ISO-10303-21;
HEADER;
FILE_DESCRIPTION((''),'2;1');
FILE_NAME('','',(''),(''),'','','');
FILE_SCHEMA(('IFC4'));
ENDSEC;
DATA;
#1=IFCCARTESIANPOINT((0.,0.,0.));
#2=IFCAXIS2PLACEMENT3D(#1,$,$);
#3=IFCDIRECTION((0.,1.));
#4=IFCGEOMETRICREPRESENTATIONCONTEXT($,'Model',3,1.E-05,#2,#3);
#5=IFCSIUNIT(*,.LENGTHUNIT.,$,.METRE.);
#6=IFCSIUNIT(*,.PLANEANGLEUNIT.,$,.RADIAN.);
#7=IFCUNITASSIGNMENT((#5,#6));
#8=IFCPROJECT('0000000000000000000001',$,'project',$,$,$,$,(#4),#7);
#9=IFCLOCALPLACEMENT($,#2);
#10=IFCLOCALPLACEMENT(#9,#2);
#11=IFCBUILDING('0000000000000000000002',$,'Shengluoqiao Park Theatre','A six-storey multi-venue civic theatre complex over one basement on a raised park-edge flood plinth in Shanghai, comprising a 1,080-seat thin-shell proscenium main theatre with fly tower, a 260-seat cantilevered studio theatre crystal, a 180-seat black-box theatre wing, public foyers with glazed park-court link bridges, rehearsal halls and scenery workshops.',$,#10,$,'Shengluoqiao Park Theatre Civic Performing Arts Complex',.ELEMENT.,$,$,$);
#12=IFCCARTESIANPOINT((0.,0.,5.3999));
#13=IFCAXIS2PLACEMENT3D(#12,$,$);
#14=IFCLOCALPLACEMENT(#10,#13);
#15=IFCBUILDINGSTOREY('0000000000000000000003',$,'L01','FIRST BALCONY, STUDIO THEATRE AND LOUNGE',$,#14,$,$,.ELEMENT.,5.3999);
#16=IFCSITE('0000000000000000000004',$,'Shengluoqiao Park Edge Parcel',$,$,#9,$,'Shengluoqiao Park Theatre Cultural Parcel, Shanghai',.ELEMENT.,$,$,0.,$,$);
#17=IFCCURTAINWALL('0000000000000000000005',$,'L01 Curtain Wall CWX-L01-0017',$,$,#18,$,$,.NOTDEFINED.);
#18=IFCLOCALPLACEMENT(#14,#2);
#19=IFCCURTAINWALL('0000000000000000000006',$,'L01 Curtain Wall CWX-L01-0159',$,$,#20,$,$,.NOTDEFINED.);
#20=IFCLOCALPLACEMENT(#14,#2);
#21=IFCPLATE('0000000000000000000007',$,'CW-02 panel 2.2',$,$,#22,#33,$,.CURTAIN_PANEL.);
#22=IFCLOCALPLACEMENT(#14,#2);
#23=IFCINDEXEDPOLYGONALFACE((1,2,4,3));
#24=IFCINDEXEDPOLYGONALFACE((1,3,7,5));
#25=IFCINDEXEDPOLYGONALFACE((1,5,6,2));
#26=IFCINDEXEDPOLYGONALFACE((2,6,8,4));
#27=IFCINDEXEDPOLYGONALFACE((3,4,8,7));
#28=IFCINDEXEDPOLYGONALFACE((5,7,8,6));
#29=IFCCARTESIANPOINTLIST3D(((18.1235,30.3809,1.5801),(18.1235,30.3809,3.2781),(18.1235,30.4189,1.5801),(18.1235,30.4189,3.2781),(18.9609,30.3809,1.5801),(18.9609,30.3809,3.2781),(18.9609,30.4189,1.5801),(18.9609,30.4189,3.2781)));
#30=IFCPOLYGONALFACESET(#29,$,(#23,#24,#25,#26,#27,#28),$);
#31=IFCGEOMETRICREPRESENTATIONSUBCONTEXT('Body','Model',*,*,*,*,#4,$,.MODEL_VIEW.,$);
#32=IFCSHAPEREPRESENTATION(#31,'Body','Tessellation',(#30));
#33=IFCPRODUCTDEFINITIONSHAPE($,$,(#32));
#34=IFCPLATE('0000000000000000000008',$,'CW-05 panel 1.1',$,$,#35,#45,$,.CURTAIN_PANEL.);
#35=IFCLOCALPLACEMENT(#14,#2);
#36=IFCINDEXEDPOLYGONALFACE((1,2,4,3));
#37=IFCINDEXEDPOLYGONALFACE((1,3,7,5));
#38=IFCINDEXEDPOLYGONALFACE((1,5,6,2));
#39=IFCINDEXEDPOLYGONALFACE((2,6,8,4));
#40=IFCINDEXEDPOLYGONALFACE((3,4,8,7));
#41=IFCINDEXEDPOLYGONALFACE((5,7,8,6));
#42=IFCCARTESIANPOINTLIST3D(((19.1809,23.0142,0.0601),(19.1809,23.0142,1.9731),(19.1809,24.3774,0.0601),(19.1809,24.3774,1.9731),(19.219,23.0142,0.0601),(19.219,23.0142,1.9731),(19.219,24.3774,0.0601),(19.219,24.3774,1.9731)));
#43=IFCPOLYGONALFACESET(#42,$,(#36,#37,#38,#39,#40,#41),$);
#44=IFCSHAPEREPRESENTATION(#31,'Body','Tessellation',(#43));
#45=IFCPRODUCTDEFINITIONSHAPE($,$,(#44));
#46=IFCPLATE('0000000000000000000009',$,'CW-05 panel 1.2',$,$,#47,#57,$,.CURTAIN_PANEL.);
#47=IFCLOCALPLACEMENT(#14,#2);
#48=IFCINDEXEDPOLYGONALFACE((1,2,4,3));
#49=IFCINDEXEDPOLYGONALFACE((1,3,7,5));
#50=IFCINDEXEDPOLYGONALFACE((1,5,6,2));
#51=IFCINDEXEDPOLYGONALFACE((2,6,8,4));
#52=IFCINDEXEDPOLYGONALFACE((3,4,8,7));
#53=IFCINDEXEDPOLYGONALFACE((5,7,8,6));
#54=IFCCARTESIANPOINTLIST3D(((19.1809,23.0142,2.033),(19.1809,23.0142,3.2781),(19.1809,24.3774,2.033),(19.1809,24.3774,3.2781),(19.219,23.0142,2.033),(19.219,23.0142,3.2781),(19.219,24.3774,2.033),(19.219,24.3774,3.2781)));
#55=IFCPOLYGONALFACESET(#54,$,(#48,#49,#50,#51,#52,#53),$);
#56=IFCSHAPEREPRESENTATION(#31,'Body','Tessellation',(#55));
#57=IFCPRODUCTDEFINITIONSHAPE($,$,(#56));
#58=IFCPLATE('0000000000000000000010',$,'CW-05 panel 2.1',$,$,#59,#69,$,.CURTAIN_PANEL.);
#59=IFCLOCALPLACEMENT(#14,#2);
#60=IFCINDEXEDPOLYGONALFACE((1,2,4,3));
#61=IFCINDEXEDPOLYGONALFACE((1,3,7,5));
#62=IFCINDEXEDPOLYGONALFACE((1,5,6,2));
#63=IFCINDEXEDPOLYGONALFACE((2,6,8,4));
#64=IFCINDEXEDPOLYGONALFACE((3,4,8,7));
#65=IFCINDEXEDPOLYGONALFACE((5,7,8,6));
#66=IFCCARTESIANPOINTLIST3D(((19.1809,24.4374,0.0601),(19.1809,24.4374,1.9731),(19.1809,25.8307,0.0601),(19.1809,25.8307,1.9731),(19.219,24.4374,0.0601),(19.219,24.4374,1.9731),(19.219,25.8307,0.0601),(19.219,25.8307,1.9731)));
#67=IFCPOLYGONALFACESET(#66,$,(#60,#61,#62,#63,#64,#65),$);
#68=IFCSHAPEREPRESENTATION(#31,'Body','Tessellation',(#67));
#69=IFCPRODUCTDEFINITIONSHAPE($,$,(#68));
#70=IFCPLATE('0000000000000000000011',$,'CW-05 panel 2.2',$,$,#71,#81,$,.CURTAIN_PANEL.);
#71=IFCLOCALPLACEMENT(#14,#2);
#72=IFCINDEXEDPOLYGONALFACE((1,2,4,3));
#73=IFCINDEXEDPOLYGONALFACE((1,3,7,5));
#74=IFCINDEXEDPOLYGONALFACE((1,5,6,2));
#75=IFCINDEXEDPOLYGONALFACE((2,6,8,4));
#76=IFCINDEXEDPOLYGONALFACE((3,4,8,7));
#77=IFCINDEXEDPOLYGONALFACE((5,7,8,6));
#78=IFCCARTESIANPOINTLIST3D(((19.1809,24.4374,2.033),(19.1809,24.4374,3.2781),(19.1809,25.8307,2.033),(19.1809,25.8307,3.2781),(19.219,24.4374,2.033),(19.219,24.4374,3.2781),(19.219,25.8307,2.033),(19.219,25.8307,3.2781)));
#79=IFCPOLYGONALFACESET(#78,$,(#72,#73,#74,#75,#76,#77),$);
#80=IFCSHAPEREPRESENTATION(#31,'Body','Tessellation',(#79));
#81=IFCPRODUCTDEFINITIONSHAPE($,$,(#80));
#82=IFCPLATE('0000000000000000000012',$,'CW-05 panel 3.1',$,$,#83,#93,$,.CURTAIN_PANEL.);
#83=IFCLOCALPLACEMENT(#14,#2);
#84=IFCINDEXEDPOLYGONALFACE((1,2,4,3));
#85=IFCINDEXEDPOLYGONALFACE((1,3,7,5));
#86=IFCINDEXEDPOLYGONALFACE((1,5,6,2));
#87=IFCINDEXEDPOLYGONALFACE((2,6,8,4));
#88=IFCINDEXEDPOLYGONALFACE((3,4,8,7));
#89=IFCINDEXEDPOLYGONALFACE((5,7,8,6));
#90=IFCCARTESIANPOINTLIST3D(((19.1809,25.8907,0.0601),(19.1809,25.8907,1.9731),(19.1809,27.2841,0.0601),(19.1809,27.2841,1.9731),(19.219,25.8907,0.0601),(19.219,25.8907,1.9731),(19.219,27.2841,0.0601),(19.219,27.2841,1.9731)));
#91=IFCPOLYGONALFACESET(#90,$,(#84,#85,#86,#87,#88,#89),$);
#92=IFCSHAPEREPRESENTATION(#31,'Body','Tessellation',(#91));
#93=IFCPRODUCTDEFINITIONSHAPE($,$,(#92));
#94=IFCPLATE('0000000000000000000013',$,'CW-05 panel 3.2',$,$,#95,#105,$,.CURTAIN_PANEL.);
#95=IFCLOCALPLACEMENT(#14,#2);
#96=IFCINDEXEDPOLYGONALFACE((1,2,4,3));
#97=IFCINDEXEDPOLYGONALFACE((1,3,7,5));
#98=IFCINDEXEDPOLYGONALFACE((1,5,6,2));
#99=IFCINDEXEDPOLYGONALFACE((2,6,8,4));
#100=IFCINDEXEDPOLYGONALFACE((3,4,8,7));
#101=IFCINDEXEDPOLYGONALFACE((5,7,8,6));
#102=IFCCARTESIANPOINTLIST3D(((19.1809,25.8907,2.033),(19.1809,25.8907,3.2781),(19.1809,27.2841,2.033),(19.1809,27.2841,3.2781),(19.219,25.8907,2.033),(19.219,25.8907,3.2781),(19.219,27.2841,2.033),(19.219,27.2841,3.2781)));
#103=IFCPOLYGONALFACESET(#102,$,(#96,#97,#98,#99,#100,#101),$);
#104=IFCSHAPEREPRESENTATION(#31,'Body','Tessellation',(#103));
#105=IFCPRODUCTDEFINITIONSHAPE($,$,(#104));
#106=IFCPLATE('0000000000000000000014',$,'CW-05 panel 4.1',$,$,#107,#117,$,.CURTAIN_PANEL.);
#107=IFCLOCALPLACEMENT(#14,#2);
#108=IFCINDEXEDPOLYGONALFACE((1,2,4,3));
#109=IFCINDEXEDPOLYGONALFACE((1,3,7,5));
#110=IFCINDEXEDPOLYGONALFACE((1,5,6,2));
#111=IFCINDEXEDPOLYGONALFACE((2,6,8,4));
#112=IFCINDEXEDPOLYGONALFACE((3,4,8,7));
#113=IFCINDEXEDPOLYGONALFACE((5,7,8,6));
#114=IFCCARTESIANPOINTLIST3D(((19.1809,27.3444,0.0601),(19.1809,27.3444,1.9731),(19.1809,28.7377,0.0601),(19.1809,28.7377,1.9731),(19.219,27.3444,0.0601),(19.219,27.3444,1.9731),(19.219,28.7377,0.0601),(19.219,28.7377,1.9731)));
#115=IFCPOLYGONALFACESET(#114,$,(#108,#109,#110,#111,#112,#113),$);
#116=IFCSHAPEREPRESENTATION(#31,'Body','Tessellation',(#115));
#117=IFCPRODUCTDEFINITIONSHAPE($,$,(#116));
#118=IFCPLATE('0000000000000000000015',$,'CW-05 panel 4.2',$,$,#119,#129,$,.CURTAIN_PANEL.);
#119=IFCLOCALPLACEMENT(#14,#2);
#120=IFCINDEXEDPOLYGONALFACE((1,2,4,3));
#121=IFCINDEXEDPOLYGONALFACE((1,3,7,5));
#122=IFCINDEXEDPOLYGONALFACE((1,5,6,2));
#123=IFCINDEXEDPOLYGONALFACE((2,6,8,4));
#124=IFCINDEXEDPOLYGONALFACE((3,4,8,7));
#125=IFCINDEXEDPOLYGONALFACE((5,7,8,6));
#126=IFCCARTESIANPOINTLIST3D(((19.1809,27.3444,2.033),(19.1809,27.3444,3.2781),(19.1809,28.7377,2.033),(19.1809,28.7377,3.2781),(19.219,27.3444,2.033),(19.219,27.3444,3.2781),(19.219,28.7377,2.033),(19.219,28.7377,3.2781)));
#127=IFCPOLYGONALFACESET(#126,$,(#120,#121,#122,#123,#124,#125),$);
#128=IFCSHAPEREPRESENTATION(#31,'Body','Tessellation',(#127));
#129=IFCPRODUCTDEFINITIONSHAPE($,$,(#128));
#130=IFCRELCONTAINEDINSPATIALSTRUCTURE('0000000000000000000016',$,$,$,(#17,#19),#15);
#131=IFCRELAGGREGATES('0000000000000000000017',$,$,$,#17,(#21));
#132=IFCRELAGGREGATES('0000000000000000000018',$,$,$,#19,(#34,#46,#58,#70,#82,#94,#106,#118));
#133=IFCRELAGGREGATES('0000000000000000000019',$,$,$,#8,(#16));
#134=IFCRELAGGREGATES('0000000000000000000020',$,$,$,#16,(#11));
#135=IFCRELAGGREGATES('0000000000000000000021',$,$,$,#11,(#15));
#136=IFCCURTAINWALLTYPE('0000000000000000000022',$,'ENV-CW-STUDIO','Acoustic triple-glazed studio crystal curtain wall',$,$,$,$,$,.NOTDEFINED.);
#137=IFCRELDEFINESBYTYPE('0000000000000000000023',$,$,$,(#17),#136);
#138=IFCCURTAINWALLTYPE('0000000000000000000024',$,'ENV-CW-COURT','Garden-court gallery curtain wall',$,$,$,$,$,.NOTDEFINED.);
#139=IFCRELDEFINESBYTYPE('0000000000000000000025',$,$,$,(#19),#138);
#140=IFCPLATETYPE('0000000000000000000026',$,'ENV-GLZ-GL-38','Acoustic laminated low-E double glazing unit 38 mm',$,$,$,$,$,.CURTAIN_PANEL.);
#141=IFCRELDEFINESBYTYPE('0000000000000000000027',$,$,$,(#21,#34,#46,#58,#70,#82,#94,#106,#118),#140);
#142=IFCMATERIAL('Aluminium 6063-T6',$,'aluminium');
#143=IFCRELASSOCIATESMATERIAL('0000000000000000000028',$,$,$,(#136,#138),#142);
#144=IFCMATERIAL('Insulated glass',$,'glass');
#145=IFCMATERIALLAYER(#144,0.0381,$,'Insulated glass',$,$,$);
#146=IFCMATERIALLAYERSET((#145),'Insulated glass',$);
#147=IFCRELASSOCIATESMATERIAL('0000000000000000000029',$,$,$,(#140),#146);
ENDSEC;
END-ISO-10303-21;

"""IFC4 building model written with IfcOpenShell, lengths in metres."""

from ifc_helpers import new_model, si_unit, direction, frame, origin, origin_2d, place, context, subcontext, project, spatial, rectangle, extrude, material, layer, layer_set, type_object, element, aggregate, save


model = new_model("IFC4")

# Units and contexts
model_context = context("Model", 3, precision=1e-05, world=origin(), true_north=direction((0.0, 1.0)))
body_context = subcontext(model_context, "Body", "Model", "MODEL_VIEW")
ifc_project = project(units=[si_unit("LENGTHUNIT", "METRE"), si_unit("PLANEANGLEUNIT", "RADIAN")], contexts=[model_context])

# Site, building, storey
site_placement = place(None, origin())
site = spatial("IfcSite", under=ifc_project, at=site_placement, Name="Shengluoqiao Park Edge Parcel", LongName="Shengluoqiao Park Theatre Cultural Parcel, Shanghai", CompositionType="ELEMENT", RefElevation=0.0)
building_placement = place(site_placement, origin())
building = spatial("IfcBuilding", under=site, at=building_placement, Name="Shengluoqiao Park Theatre", Description="A six-storey multi-venue civic theatre complex over one basement on a raised park-edge flood plinth in Shanghai, comprising a 1,080-seat thin-shell proscenium main theatre with fly tower, a 260-seat cantilevered studio theatre crystal, a 180-seat black-box theatre wing, public foyers with glazed park-court link bridges, rehearsal halls and scenery workshops.", LongName="Shengluoqiao Park Theatre Civic Performing Arts Complex", CompositionType="ELEMENT")
storey_placement = place(building_placement, frame((0.0, 0.0, 5.3999)))
storey = spatial("IfcBuildingStorey", under=building, at=storey_placement, Name="L01", Description="FIRST BALCONY, STUDIO THEATRE AND LOUNGE", CompositionType="ELEMENT", Elevation=5.3999)

# Curtain wall
ifc_material_1 = material(Name="Aluminium 6063-T6", Category="aluminium")
curtain_wall_type_1 = type_object("IfcCurtainWallType", Name="ENV-CW-STUDIO", Description="Acoustic triple-glazed studio crystal curtain wall", PredefinedType="NOTDEFINED", material=ifc_material_1)
curtain_wall_1_placement = place(storey_placement, origin())
curtain_wall_1 = element("IfcCurtainWall", 1, at=curtain_wall_1_placement, inside=storey, type_object=curtain_wall_type_1, Name="L01 Curtain Wall CWX-L01-0017", PredefinedType="NOTDEFINED")

# Curtain wall
curtain_wall_type_2 = type_object("IfcCurtainWallType", Name="ENV-CW-COURT", Description="Garden-court gallery curtain wall", PredefinedType="NOTDEFINED", material=ifc_material_1)
curtain_wall_2_placement = place(storey_placement, origin())
curtain_wall_2 = element("IfcCurtainWall", 2, at=curtain_wall_2_placement, inside=storey, type_object=curtain_wall_type_2, Name="L01 Curtain Wall CWX-L01-0159", PredefinedType="NOTDEFINED")

# Plates
ifc_material_2 = material(Name="Insulated glass", Category="glass")
ifc_layer = layer(ifc_material_2, 0.0381, Name="Insulated glass")
ifc_layer_set = layer_set([ifc_layer], Name="Insulated glass")
plate_type = type_object("IfcPlateType", Name="ENV-GLZ-GL-38", Description="Acoustic laminated low-E double glazing unit 38 mm", PredefinedType="CURTAIN_PANEL", material=ifc_layer_set)
plate_1_placement = place(storey_placement, frame((18.5422, 30.3999, 1.5801), z_axis=(0.0, 0.0, 1.0), x_axis=(1.0, 0.0, 0.0)))
plate_1 = element("IfcPlate", 3, at=plate_1_placement, type_object=plate_type, Name="CW-02 panel 2.2", PredefinedType="CURTAIN_PANEL", context=body_context, shape_type="SweptSolid", body=[
    extrude(rectangle(XDim=0.8374, YDim=0.0381, at=origin_2d()), origin(), (0.0, 0.0, 1.0), 1.698),
])
aggregate(curtain_wall_1, [plate_1])
plate_2_placement = place(storey_placement, frame((19.2, 23.6958, 0.0601), z_axis=(0.0, 0.0, 1.0), x_axis=(0.0, 1.0, 0.0)))
plate_2 = element("IfcPlate", 4, at=plate_2_placement, type_object=plate_type, Name="CW-05 panel 1.1", PredefinedType="CURTAIN_PANEL", context=body_context, shape_type="SweptSolid", body=[
    extrude(rectangle(XDim=1.3633, YDim=0.0381, at=origin_2d()), origin(), (0.0, 0.0, 1.0), 1.9131),
])
plate_3_placement = place(storey_placement, frame((19.2, 23.6958, 2.033), z_axis=(0.0, 0.0, 1.0), x_axis=(0.0, 1.0, 0.0)))
plate_3 = element("IfcPlate", 5, at=plate_3_placement, type_object=plate_type, Name="CW-05 panel 1.2", PredefinedType="CURTAIN_PANEL", context=body_context, shape_type="SweptSolid", body=[
    extrude(rectangle(XDim=1.3633, YDim=0.0381, at=origin_2d()), origin(), (0.0, 0.0, 1.0), 1.2451),
])
plate_4_placement = place(storey_placement, frame((19.2, 25.134, 0.0601), z_axis=(0.0, 0.0, 1.0), x_axis=(0.0, 1.0, 0.0)))
plate_4 = element("IfcPlate", 6, at=plate_4_placement, type_object=plate_type, Name="CW-05 panel 2.1", PredefinedType="CURTAIN_PANEL", context=body_context, shape_type="SweptSolid", body=[
    extrude(rectangle(XDim=1.3933, YDim=0.0381, at=origin_2d()), origin(), (0.0, 0.0, 1.0), 1.9131),
])
plate_5_placement = place(storey_placement, frame((19.2, 25.134, 2.033), z_axis=(0.0, 0.0, 1.0), x_axis=(0.0, 1.0, 0.0)))
plate_5 = element("IfcPlate", 7, at=plate_5_placement, type_object=plate_type, Name="CW-05 panel 2.2", PredefinedType="CURTAIN_PANEL", context=body_context, shape_type="SweptSolid", body=[
    extrude(rectangle(XDim=1.3933, YDim=0.0381, at=origin_2d()), origin(), (0.0, 0.0, 1.0), 1.2451),
])
plate_6_placement = place(storey_placement, frame((19.2, 26.5874, 0.0601), z_axis=(0.0, 0.0, 1.0), x_axis=(0.0, 1.0, 0.0)))
plate_6 = element("IfcPlate", 8, at=plate_6_placement, type_object=plate_type, Name="CW-05 panel 3.1", PredefinedType="CURTAIN_PANEL", context=body_context, shape_type="SweptSolid", body=[
    extrude(rectangle(XDim=1.3933, YDim=0.0381, at=origin_2d()), origin(), (0.0, 0.0, 1.0), 1.9131),
])
plate_7_placement = place(storey_placement, frame((19.2, 26.5874, 2.033), z_axis=(0.0, 0.0, 1.0), x_axis=(0.0, 1.0, 0.0)))
plate_7 = element("IfcPlate", 9, at=plate_7_placement, type_object=plate_type, Name="CW-05 panel 3.2", PredefinedType="CURTAIN_PANEL", context=body_context, shape_type="SweptSolid", body=[
    extrude(rectangle(XDim=1.3933, YDim=0.0381, at=origin_2d()), origin(), (0.0, 0.0, 1.0), 1.2451),
])
plate_8_placement = place(storey_placement, frame((19.2, 28.041, 0.0601), z_axis=(0.0, 0.0, 1.0), x_axis=(0.0, 1.0, 0.0)))
plate_8 = element("IfcPlate", 10, at=plate_8_placement, type_object=plate_type, Name="CW-05 panel 4.1", PredefinedType="CURTAIN_PANEL", context=body_context, shape_type="SweptSolid", body=[
    extrude(rectangle(XDim=1.3933, YDim=0.0381, at=origin_2d()), origin(), (0.0, 0.0, 1.0), 1.9131),
])
plate_9_placement = place(storey_placement, frame((19.2, 28.041, 2.033), z_axis=(0.0, 0.0, 1.0), x_axis=(0.0, 1.0, 0.0)))
plate_9 = element("IfcPlate", 11, at=plate_9_placement, type_object=plate_type, Name="CW-05 panel 4.2", PredefinedType="CURTAIN_PANEL", context=body_context, shape_type="SweptSolid", body=[
    extrude(rectangle(XDim=1.3933, YDim=0.0381, at=origin_2d()), origin(), (0.0, 0.0, 1.0), 1.2451),
])
aggregate(curtain_wall_2, [plate_2, plate_3, plate_4, plate_5, plate_6, plate_7, plate_8, plate_9])

save(model, "model.ifc")
